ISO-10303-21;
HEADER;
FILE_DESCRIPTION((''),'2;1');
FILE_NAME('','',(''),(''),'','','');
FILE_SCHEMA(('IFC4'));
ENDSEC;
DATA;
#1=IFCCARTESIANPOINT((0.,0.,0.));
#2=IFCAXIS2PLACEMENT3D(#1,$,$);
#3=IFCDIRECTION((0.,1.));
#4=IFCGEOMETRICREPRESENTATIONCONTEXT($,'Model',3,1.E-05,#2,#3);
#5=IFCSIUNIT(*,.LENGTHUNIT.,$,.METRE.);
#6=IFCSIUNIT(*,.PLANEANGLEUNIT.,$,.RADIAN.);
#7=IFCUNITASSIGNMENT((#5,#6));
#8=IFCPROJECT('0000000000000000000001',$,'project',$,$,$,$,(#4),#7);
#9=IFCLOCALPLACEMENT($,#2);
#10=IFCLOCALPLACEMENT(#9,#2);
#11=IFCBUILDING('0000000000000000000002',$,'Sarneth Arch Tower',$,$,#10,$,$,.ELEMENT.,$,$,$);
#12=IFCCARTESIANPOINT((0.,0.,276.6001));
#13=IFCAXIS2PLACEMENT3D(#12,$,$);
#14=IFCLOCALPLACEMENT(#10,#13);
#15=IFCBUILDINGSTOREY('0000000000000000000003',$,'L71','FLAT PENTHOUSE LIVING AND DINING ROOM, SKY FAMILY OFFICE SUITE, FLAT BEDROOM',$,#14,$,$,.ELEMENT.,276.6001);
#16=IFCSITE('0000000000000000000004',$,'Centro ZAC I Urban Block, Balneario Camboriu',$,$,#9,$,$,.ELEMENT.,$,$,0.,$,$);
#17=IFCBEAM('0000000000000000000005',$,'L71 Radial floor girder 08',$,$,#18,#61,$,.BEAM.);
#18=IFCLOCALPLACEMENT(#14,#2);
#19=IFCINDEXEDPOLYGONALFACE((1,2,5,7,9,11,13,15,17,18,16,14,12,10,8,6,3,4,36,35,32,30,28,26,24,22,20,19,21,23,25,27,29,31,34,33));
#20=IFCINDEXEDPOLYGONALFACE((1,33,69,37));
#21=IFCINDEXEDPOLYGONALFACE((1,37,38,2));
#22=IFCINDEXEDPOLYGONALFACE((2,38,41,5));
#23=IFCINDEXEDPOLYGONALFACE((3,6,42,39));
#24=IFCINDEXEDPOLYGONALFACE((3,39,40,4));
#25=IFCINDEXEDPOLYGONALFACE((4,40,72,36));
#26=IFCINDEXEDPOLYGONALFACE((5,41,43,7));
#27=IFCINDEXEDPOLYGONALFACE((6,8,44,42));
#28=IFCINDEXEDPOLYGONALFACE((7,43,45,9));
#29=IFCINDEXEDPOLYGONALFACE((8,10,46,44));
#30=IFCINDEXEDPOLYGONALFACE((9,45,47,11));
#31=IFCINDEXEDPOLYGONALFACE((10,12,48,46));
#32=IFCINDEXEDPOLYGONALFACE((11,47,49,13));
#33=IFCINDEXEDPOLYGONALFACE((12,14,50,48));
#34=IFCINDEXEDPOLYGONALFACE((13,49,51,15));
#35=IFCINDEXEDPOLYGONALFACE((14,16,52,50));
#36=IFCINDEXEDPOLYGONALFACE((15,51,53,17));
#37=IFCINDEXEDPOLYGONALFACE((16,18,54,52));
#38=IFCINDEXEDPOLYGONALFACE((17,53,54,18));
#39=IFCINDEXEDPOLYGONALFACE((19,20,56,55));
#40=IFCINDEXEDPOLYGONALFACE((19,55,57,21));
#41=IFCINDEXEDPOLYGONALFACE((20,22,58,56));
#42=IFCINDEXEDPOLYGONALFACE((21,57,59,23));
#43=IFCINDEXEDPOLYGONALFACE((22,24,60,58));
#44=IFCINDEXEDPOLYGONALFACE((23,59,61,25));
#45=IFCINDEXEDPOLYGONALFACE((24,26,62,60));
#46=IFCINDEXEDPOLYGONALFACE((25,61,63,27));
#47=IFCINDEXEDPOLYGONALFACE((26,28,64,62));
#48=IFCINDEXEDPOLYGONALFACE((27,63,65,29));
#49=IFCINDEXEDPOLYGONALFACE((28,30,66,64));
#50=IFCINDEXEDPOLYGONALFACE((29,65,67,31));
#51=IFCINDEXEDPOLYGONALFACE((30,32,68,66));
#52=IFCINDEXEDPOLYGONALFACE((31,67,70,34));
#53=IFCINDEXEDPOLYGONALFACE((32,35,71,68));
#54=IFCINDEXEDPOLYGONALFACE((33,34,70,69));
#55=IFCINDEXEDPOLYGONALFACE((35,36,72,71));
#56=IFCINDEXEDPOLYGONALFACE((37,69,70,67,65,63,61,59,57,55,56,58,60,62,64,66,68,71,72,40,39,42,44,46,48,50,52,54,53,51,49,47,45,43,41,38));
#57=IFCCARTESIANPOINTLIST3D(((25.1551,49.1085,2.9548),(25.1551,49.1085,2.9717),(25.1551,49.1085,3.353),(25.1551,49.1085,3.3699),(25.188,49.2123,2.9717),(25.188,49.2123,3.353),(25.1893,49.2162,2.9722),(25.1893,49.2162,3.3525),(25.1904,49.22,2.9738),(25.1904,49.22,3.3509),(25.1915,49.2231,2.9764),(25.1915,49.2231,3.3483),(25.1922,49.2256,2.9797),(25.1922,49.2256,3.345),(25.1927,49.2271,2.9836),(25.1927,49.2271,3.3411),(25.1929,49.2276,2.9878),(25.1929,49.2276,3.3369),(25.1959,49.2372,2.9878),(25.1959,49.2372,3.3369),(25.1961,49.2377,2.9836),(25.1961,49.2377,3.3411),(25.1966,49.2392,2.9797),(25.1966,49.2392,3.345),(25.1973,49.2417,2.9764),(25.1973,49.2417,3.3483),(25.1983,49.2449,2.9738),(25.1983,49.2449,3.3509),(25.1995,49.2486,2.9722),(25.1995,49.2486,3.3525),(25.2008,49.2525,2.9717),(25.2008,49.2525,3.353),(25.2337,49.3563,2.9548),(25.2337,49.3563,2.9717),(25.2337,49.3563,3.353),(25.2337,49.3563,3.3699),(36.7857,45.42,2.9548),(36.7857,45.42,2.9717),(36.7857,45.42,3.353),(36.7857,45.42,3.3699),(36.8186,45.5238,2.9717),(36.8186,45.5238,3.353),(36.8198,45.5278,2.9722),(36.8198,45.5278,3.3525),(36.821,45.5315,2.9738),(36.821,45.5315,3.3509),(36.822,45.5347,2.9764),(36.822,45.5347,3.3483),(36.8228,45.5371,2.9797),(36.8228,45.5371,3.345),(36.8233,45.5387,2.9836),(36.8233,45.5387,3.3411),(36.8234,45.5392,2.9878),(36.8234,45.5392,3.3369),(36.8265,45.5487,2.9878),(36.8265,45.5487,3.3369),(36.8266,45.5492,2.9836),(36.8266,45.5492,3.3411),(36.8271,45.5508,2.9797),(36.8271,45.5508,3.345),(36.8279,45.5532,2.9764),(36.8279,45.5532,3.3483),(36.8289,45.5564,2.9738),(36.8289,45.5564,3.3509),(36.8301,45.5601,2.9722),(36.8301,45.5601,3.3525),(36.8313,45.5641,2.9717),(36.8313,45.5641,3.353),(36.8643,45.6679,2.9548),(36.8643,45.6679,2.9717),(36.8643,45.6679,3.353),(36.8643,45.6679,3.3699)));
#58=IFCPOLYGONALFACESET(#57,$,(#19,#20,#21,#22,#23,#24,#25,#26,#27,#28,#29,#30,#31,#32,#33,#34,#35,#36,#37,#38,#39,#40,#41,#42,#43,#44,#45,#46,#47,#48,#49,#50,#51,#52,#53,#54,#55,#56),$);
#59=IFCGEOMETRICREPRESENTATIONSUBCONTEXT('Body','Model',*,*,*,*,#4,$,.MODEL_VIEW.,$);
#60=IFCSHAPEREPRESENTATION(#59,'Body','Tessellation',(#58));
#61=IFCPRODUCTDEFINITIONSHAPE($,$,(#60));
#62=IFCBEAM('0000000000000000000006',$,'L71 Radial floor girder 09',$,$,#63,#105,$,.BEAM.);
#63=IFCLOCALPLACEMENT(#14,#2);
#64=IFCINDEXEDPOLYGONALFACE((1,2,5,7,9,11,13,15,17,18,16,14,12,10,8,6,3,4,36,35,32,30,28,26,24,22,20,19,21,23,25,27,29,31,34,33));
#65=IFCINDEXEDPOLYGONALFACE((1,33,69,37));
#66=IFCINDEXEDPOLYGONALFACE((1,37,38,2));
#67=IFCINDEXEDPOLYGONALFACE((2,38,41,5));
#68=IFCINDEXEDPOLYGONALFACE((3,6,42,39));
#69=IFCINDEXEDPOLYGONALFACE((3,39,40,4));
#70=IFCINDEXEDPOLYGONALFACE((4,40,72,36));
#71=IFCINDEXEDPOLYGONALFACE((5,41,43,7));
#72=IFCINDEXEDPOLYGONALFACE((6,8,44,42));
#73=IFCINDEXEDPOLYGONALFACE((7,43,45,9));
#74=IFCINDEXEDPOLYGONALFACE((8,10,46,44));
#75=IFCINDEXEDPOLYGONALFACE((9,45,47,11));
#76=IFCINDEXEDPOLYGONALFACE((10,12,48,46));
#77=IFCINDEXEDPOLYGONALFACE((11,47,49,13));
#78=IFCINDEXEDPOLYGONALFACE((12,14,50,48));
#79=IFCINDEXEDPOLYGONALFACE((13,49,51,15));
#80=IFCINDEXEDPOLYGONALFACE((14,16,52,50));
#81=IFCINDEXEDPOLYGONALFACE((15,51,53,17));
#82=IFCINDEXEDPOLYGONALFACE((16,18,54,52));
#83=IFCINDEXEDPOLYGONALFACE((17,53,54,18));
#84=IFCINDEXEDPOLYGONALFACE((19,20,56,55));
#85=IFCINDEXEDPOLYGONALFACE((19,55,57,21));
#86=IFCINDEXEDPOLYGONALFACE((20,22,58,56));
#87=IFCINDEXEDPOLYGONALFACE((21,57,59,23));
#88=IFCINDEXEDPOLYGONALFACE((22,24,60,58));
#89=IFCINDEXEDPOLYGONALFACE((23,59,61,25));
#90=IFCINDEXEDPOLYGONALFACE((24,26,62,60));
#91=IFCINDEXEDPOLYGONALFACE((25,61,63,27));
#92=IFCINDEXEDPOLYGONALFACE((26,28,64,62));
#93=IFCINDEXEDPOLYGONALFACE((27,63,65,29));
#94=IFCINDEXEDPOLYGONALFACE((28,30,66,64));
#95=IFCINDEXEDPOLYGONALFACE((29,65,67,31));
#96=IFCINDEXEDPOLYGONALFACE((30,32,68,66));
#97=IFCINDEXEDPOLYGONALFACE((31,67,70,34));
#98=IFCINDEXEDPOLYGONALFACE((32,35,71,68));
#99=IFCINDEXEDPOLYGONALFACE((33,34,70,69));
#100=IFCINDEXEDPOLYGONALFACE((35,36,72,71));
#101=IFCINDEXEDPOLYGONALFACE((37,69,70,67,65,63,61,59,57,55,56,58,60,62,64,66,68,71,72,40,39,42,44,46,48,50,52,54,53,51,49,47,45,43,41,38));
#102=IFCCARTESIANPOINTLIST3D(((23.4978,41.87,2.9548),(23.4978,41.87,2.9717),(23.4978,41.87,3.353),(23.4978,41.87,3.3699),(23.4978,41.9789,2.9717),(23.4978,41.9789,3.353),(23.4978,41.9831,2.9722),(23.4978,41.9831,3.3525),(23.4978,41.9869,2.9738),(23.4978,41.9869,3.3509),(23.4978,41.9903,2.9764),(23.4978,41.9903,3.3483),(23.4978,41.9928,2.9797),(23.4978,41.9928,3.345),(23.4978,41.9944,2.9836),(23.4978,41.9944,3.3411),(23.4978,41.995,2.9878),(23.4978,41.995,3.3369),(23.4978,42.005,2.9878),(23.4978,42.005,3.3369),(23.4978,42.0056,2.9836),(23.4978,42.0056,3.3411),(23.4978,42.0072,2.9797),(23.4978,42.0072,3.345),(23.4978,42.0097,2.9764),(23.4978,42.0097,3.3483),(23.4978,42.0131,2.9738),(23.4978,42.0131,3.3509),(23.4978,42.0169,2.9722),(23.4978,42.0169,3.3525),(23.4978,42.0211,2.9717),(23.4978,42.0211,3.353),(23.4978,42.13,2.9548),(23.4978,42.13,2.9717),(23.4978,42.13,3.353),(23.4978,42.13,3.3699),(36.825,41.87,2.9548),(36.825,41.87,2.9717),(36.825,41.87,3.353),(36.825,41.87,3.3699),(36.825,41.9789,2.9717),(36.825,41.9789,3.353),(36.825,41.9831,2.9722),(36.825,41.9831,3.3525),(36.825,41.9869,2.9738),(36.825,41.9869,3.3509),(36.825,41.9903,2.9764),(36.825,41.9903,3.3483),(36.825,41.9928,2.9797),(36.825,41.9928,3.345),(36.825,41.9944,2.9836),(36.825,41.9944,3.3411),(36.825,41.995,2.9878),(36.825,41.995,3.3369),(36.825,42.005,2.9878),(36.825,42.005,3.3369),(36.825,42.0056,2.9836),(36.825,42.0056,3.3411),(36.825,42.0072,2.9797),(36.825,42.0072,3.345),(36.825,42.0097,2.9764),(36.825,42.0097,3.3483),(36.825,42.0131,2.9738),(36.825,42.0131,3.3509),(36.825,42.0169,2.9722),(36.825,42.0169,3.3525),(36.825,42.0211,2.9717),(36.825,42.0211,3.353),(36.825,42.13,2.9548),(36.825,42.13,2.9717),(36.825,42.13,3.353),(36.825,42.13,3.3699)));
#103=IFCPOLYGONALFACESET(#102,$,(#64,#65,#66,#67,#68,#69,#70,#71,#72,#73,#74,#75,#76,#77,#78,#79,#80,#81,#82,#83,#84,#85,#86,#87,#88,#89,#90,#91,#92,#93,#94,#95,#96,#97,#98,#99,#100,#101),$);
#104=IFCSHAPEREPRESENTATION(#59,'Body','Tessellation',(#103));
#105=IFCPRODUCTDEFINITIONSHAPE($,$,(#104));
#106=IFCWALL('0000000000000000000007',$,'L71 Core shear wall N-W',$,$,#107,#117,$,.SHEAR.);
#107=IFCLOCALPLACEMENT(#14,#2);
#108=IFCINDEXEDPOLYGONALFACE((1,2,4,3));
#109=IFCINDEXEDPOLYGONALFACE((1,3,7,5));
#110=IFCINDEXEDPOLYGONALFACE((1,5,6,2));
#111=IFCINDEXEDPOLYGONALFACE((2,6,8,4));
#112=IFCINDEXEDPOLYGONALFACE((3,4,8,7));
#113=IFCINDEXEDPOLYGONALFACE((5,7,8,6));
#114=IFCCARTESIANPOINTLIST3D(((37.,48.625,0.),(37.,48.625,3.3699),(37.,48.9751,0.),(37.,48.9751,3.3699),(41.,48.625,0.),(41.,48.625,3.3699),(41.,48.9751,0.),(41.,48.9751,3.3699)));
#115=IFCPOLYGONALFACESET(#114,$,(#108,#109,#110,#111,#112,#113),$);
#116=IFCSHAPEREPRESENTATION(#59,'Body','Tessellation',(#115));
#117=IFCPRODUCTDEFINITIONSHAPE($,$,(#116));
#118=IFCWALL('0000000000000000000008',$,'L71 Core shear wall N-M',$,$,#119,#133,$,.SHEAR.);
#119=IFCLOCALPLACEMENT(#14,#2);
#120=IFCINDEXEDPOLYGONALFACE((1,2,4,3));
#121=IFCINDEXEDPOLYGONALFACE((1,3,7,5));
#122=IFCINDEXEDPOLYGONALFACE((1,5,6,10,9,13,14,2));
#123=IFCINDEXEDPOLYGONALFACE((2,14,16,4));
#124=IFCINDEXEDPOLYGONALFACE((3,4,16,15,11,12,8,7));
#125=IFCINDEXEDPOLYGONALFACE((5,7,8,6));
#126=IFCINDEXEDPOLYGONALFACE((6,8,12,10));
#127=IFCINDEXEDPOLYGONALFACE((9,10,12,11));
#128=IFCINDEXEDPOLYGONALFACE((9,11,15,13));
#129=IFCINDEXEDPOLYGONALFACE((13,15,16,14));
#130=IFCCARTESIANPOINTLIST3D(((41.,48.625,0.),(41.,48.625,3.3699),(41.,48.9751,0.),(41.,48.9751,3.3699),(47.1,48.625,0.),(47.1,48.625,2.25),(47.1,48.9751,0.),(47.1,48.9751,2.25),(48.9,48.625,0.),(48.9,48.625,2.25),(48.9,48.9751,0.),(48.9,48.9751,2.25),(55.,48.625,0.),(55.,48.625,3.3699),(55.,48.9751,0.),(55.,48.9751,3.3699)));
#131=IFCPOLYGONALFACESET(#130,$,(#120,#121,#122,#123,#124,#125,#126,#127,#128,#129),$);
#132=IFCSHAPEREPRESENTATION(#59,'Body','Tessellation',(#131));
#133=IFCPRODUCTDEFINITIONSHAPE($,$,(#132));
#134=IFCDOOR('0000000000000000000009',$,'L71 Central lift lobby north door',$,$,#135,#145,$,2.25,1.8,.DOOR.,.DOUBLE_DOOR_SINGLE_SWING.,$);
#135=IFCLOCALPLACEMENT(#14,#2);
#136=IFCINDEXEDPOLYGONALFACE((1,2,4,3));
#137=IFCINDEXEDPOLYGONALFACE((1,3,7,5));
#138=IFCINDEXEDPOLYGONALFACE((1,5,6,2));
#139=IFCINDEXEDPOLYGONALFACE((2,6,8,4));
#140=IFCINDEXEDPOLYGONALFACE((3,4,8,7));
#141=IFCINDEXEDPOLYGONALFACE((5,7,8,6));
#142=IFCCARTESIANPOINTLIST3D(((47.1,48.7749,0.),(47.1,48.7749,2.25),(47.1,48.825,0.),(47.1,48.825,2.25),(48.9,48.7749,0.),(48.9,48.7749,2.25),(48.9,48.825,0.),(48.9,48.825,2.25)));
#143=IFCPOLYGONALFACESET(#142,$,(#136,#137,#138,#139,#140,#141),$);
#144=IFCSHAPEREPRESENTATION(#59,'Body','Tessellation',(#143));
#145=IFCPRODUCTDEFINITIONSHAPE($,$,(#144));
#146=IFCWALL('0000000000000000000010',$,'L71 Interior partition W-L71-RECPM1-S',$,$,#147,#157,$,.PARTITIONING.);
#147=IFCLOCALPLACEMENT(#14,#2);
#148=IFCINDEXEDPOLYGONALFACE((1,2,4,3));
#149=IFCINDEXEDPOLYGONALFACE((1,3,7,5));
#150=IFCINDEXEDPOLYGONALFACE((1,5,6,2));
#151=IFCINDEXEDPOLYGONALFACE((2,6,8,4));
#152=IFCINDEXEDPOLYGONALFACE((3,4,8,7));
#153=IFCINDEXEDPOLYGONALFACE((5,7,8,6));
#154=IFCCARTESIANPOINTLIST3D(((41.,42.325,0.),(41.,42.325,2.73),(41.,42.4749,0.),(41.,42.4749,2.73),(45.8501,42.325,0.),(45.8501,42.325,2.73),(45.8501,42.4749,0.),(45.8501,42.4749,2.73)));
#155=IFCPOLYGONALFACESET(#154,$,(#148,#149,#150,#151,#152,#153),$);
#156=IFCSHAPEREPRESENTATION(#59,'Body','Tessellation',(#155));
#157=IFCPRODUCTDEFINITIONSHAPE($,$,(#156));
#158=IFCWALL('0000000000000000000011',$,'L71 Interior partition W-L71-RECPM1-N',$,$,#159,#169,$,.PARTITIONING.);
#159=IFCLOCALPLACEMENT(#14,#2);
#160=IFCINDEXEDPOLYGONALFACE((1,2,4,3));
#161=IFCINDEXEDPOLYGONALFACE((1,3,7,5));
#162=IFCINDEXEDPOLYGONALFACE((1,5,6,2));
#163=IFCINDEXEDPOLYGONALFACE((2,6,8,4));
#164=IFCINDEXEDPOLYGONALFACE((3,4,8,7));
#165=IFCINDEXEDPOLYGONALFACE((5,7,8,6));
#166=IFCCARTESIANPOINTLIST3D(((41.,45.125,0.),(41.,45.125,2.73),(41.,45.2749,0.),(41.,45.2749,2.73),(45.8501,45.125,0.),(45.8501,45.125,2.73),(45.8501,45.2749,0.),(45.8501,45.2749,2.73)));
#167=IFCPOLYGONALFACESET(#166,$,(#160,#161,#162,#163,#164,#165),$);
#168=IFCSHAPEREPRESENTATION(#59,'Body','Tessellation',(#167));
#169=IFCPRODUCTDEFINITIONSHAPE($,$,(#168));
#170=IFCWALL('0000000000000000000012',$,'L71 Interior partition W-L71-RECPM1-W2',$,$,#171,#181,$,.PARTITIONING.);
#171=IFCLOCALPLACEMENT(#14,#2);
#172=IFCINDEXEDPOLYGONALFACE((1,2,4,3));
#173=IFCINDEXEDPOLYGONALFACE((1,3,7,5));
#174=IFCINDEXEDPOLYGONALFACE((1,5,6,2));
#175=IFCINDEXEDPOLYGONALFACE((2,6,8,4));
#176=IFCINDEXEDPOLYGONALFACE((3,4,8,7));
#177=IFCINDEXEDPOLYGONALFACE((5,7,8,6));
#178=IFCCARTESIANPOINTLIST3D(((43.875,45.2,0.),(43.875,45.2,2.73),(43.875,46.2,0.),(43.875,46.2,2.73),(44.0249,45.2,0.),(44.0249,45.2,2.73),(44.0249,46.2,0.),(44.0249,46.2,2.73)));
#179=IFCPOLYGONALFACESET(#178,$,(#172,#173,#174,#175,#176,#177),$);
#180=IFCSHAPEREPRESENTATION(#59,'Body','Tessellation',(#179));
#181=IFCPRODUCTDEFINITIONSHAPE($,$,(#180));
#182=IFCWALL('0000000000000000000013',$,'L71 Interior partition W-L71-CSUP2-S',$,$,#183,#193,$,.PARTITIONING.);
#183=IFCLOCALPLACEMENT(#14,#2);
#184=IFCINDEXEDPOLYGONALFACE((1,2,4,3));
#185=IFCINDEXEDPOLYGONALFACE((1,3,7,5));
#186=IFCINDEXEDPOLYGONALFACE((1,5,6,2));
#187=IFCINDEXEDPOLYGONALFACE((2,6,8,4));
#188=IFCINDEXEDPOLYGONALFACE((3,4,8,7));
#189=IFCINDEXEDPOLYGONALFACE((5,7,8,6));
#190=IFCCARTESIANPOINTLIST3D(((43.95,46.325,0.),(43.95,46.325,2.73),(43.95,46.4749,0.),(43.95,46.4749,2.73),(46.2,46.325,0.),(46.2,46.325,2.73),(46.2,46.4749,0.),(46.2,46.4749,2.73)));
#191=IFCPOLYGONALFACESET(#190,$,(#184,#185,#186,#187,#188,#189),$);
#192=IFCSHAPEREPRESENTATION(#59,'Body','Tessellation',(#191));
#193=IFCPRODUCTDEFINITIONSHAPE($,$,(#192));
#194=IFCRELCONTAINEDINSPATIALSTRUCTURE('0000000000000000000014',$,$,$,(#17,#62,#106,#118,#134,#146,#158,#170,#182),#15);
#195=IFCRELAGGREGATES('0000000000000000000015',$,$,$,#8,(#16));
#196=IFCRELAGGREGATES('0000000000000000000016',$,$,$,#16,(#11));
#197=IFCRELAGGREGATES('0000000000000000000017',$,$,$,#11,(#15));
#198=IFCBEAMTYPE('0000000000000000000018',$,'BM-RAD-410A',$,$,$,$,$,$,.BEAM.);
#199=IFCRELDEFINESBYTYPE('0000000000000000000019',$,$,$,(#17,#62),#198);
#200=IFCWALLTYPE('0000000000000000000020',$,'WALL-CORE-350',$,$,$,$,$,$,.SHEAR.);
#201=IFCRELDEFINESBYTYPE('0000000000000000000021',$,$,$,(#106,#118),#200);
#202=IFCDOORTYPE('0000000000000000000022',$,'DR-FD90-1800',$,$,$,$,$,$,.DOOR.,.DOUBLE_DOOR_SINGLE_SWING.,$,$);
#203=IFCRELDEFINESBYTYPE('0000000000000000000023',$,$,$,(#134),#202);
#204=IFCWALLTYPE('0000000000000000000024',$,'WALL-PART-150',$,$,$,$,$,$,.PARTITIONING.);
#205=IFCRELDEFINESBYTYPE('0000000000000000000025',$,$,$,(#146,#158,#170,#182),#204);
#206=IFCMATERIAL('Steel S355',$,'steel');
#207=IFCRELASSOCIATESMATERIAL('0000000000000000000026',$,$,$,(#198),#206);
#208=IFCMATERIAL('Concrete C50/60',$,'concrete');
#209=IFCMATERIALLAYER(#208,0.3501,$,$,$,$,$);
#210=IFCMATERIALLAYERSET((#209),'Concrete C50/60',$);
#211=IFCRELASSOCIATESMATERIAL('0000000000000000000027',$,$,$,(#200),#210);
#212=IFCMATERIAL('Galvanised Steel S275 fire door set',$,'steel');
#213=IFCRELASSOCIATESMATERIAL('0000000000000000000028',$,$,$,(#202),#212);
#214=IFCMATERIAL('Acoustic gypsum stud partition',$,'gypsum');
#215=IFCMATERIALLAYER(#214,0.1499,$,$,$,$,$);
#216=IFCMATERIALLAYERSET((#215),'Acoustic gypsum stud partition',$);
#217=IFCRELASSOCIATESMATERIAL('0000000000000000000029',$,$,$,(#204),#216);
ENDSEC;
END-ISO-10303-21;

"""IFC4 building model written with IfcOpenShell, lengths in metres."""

from ifc_helpers import new_model, si_unit, direction, frame, frame_2d, origin, origin_2d, place, context, subcontext, project, spatial, rectangle, i_section, extrude, material, layer, layer_set, material_profile, profile_set, type_object, element, fill, save


model = new_model("IFC4")

# Units and contexts
model_context = context("Model", 3, precision=1e-05, world=origin(), true_north=direction((0.0, 1.0)))
body_context = subcontext(model_context, "Body", "Model", "MODEL_VIEW")
ifc_project = project(units=[si_unit("LENGTHUNIT", "METRE"), si_unit("PLANEANGLEUNIT", "RADIAN")], contexts=[model_context])

# Site, building, storey
site_placement = place(None, origin())
site = spatial("IfcSite", under=ifc_project, at=site_placement, Name="Centro ZAC I Urban Block, Balneario Camboriu", CompositionType="ELEMENT", RefElevation=0.0)
building_placement = place(site_placement, origin())
building = spatial("IfcBuilding", under=site, at=building_placement, Name="Sarneth Arch Tower", CompositionType="ELEMENT")
storey_placement = place(building_placement, frame((0.0, 0.0, 276.6001)))
storey = spatial("IfcBuildingStorey", under=building, at=storey_placement, Name="L71", Description="FLAT PENTHOUSE LIVING AND DINING ROOM, SKY FAMILY OFFICE SUITE, FLAT BEDROOM", CompositionType="ELEMENT", Elevation=276.6001)

# Beams
ifc_material_1 = material(Name="Steel S355", Category="steel")
ifc_material_profile_1 = material_profile(ifc_material_1, i_section(OverallWidth=0.26, OverallDepth=0.415, WebThickness=0.01, FlangeThickness=0.0168, FilletRadius=0.0161, at=origin_2d()), Name="W410x100")
ifc_profile_set_1 = profile_set([ifc_material_profile_1], Name="Steel S355")
beam_type_1 = type_object("IfcBeamType", Name="BM-RAD-410A", PredefinedType="BEAM", material=ifc_profile_set_1)
beam_1_placement = place(storey_placement, frame((36.825, 45.5439, 3.1624), z_axis=(-0.953214, 0.302298, 0.0), x_axis=(-0.302298, -0.953214, 0.0)))
element("IfcBeam", 1, at=beam_1_placement, inside=storey, type_object=beam_type_1, Name="L71 Radial floor girder 08", PredefinedType="BEAM", context=body_context, shape_type="SweptSolid", body=[
    extrude(i_section(OverallWidth=0.26, OverallDepth=0.415, WebThickness=0.01, FlangeThickness=0.0168, FilletRadius=0.0161, at=origin_2d()), origin(), (0.0, 0.0, 1.0), 12.2014),
])
beam_2_placement = place(storey_placement, frame((36.825, 42.0, 3.1624), z_axis=(-1.0, 0.0, 0.0), x_axis=(0.0, -1.0, 0.0)))
element("IfcBeam", 2, at=beam_2_placement, inside=storey, type_object=beam_type_1, Name="L71 Radial floor girder 09", PredefinedType="BEAM", context=body_context, shape_type="SweptSolid", body=[
    extrude(i_section(OverallWidth=0.26, OverallDepth=0.415, WebThickness=0.01, FlangeThickness=0.0168, FilletRadius=0.0161, at=origin_2d()), origin(), (0.0, 0.0, 1.0), 13.3271),
])

# Wall
ifc_material_2 = material(Name="Concrete C50/60", Category="concrete")
ifc_layer_1 = layer(ifc_material_2, 0.3501)
ifc_layer_set_1 = layer_set([ifc_layer_1], Name="Concrete C50/60")
wall_type_1 = type_object("IfcWallType", Name="WALL-CORE-350", PredefinedType="SHEAR", material=ifc_layer_set_1)
wall_1_placement = place(storey_placement, frame((37.0, 48.8, 0.0), z_axis=(0.0, 0.0, 1.0), x_axis=(1.0, 0.0, 0.0)))
element("IfcWall", 3, at=wall_1_placement, inside=storey, type_object=wall_type_1, Name="L71 Core shear wall N-W", PredefinedType="SHEAR", context=body_context, shape_type="SweptSolid", body=[
    extrude(rectangle(XDim=4.0, YDim=0.3501, at=frame_2d((2.0, 0.0))), origin(), (0.0, 0.0, 1.0), 3.3699),
])

# Wall, opening, door
wall_2_placement = place(storey_placement, frame((41.0, 48.8, 0.0), z_axis=(0.0, 0.0, 1.0), x_axis=(1.0, 0.0, 0.0)))
wall_2 = element("IfcWall", 4, at=wall_2_placement, inside=storey, type_object=wall_type_1, Name="L71 Core shear wall N-M", PredefinedType="SHEAR", context=body_context, shape_type="SweptSolid", body=[
    extrude(rectangle(XDim=14.0, YDim=0.3501, at=frame_2d((7.0, 0.0))), origin(), (0.0, 0.0, 1.0), 3.3699),
])
opening_1_placement = place(wall_2_placement, frame((6.1001, 0.0, 0.0)))
opening_1 = element("IfcOpeningElement", 5, at=opening_1_placement, cuts=wall_2, PredefinedType="OPENING", context=body_context, shape_type="SweptSolid", body=[
    extrude(rectangle(XDim=1.8, YDim=2.25, at=frame_2d((0.8999, 1.125))), frame((0.0, 0.1851, 0.0), z_axis=(0.0, -1.0, 0.0), x_axis=(1.0, 0.0, 0.0)), (0.0, 0.0, 1.0), 0.3701),
])
ifc_material_3 = material(Name="Galvanised Steel S275 fire door set", Category="steel")
door_type_1 = type_object("IfcDoorType", Name="DR-FD90-1800", OperationType="DOUBLE_DOOR_SINGLE_SWING", PredefinedType="DOOR", material=ifc_material_3)
door_1_placement = place(opening_1_placement, origin())
door_1 = element("IfcDoor", 6, at=door_1_placement, inside=storey, type_object=door_type_1, Name="L71 Central lift lobby north door", OperationType="DOUBLE_DOOR_SINGLE_SWING", OverallHeight=2.25, OverallWidth=1.8, PredefinedType="DOOR", context=body_context, shape_type="SweptSolid", body=[
    extrude(rectangle(XDim=1.8, YDim=2.25, at=frame_2d((0.8999, 1.125))), frame((0.0, 0.0249, 0.0), z_axis=(0.0, -1.0, 0.0), x_axis=(1.0, 0.0, 0.0)), (0.0, 0.0, 1.0), 0.05),
])
fill(opening_1, door_1)

# Walls
ifc_material_4 = material(Name="Acoustic gypsum stud partition", Category="gypsum")
ifc_layer_2 = layer(ifc_material_4, 0.1499)
ifc_layer_set_2 = layer_set([ifc_layer_2], Name="Acoustic gypsum stud partition")
wall_type_2 = type_object("IfcWallType", Name="WALL-PART-150", PredefinedType="PARTITIONING", material=ifc_layer_set_2)
for number, where, z_axis, x_axis, name in (
    (7, (41.0, 42.3999, 0.0), (0.0, 0.0, 1.0), (1.0, 0.0, 0.0), "L71 Interior partition W-L71-RECPM1-S"),
    (8, (41.0, 45.2, 0.0), (0.0, 0.0, 1.0), (1.0, 0.0, 0.0), "L71 Interior partition W-L71-RECPM1-N"),
):
    element("IfcWall", number, at=place(storey_placement, frame(where, z_axis=z_axis, x_axis=x_axis)), inside=storey, type_object=wall_type_2, Name=name, PredefinedType="PARTITIONING", context=body_context, shape_type="SweptSolid", body=[
        extrude(rectangle(XDim=4.8501, YDim=0.1499, at=frame_2d((2.425, 0.0))), origin(), (0.0, 0.0, 1.0), 2.73),
    ])
wall_3_placement = place(storey_placement, frame((43.95, 45.2, 0.0), z_axis=(0.0, 0.0, 1.0), x_axis=(0.0, 1.0, 0.0)))
element("IfcWall", 9, at=wall_3_placement, inside=storey, type_object=wall_type_2, Name="L71 Interior partition W-L71-RECPM1-W2", PredefinedType="PARTITIONING", context=body_context, shape_type="SweptSolid", body=[
    extrude(rectangle(XDim=1.0, YDim=0.1499, at=frame_2d((0.5, 0.0))), origin(), (0.0, 0.0, 1.0), 2.73),
])

# Wall
wall_4_placement = place(storey_placement, frame((43.95, 46.3999, 0.0), z_axis=(0.0, 0.0, 1.0), x_axis=(1.0, 0.0, 0.0)))
element("IfcWall", 10, at=wall_4_placement, inside=storey, type_object=wall_type_2, Name="L71 Interior partition W-L71-CSUP2-S", PredefinedType="PARTITIONING", context=body_context, shape_type="SweptSolid", body=[
    extrude(rectangle(XDim=2.25, YDim=0.1499, at=frame_2d((1.125, 0.0))), origin(), (0.0, 0.0, 1.0), 2.73),
])

save(model, "model.ifc")
